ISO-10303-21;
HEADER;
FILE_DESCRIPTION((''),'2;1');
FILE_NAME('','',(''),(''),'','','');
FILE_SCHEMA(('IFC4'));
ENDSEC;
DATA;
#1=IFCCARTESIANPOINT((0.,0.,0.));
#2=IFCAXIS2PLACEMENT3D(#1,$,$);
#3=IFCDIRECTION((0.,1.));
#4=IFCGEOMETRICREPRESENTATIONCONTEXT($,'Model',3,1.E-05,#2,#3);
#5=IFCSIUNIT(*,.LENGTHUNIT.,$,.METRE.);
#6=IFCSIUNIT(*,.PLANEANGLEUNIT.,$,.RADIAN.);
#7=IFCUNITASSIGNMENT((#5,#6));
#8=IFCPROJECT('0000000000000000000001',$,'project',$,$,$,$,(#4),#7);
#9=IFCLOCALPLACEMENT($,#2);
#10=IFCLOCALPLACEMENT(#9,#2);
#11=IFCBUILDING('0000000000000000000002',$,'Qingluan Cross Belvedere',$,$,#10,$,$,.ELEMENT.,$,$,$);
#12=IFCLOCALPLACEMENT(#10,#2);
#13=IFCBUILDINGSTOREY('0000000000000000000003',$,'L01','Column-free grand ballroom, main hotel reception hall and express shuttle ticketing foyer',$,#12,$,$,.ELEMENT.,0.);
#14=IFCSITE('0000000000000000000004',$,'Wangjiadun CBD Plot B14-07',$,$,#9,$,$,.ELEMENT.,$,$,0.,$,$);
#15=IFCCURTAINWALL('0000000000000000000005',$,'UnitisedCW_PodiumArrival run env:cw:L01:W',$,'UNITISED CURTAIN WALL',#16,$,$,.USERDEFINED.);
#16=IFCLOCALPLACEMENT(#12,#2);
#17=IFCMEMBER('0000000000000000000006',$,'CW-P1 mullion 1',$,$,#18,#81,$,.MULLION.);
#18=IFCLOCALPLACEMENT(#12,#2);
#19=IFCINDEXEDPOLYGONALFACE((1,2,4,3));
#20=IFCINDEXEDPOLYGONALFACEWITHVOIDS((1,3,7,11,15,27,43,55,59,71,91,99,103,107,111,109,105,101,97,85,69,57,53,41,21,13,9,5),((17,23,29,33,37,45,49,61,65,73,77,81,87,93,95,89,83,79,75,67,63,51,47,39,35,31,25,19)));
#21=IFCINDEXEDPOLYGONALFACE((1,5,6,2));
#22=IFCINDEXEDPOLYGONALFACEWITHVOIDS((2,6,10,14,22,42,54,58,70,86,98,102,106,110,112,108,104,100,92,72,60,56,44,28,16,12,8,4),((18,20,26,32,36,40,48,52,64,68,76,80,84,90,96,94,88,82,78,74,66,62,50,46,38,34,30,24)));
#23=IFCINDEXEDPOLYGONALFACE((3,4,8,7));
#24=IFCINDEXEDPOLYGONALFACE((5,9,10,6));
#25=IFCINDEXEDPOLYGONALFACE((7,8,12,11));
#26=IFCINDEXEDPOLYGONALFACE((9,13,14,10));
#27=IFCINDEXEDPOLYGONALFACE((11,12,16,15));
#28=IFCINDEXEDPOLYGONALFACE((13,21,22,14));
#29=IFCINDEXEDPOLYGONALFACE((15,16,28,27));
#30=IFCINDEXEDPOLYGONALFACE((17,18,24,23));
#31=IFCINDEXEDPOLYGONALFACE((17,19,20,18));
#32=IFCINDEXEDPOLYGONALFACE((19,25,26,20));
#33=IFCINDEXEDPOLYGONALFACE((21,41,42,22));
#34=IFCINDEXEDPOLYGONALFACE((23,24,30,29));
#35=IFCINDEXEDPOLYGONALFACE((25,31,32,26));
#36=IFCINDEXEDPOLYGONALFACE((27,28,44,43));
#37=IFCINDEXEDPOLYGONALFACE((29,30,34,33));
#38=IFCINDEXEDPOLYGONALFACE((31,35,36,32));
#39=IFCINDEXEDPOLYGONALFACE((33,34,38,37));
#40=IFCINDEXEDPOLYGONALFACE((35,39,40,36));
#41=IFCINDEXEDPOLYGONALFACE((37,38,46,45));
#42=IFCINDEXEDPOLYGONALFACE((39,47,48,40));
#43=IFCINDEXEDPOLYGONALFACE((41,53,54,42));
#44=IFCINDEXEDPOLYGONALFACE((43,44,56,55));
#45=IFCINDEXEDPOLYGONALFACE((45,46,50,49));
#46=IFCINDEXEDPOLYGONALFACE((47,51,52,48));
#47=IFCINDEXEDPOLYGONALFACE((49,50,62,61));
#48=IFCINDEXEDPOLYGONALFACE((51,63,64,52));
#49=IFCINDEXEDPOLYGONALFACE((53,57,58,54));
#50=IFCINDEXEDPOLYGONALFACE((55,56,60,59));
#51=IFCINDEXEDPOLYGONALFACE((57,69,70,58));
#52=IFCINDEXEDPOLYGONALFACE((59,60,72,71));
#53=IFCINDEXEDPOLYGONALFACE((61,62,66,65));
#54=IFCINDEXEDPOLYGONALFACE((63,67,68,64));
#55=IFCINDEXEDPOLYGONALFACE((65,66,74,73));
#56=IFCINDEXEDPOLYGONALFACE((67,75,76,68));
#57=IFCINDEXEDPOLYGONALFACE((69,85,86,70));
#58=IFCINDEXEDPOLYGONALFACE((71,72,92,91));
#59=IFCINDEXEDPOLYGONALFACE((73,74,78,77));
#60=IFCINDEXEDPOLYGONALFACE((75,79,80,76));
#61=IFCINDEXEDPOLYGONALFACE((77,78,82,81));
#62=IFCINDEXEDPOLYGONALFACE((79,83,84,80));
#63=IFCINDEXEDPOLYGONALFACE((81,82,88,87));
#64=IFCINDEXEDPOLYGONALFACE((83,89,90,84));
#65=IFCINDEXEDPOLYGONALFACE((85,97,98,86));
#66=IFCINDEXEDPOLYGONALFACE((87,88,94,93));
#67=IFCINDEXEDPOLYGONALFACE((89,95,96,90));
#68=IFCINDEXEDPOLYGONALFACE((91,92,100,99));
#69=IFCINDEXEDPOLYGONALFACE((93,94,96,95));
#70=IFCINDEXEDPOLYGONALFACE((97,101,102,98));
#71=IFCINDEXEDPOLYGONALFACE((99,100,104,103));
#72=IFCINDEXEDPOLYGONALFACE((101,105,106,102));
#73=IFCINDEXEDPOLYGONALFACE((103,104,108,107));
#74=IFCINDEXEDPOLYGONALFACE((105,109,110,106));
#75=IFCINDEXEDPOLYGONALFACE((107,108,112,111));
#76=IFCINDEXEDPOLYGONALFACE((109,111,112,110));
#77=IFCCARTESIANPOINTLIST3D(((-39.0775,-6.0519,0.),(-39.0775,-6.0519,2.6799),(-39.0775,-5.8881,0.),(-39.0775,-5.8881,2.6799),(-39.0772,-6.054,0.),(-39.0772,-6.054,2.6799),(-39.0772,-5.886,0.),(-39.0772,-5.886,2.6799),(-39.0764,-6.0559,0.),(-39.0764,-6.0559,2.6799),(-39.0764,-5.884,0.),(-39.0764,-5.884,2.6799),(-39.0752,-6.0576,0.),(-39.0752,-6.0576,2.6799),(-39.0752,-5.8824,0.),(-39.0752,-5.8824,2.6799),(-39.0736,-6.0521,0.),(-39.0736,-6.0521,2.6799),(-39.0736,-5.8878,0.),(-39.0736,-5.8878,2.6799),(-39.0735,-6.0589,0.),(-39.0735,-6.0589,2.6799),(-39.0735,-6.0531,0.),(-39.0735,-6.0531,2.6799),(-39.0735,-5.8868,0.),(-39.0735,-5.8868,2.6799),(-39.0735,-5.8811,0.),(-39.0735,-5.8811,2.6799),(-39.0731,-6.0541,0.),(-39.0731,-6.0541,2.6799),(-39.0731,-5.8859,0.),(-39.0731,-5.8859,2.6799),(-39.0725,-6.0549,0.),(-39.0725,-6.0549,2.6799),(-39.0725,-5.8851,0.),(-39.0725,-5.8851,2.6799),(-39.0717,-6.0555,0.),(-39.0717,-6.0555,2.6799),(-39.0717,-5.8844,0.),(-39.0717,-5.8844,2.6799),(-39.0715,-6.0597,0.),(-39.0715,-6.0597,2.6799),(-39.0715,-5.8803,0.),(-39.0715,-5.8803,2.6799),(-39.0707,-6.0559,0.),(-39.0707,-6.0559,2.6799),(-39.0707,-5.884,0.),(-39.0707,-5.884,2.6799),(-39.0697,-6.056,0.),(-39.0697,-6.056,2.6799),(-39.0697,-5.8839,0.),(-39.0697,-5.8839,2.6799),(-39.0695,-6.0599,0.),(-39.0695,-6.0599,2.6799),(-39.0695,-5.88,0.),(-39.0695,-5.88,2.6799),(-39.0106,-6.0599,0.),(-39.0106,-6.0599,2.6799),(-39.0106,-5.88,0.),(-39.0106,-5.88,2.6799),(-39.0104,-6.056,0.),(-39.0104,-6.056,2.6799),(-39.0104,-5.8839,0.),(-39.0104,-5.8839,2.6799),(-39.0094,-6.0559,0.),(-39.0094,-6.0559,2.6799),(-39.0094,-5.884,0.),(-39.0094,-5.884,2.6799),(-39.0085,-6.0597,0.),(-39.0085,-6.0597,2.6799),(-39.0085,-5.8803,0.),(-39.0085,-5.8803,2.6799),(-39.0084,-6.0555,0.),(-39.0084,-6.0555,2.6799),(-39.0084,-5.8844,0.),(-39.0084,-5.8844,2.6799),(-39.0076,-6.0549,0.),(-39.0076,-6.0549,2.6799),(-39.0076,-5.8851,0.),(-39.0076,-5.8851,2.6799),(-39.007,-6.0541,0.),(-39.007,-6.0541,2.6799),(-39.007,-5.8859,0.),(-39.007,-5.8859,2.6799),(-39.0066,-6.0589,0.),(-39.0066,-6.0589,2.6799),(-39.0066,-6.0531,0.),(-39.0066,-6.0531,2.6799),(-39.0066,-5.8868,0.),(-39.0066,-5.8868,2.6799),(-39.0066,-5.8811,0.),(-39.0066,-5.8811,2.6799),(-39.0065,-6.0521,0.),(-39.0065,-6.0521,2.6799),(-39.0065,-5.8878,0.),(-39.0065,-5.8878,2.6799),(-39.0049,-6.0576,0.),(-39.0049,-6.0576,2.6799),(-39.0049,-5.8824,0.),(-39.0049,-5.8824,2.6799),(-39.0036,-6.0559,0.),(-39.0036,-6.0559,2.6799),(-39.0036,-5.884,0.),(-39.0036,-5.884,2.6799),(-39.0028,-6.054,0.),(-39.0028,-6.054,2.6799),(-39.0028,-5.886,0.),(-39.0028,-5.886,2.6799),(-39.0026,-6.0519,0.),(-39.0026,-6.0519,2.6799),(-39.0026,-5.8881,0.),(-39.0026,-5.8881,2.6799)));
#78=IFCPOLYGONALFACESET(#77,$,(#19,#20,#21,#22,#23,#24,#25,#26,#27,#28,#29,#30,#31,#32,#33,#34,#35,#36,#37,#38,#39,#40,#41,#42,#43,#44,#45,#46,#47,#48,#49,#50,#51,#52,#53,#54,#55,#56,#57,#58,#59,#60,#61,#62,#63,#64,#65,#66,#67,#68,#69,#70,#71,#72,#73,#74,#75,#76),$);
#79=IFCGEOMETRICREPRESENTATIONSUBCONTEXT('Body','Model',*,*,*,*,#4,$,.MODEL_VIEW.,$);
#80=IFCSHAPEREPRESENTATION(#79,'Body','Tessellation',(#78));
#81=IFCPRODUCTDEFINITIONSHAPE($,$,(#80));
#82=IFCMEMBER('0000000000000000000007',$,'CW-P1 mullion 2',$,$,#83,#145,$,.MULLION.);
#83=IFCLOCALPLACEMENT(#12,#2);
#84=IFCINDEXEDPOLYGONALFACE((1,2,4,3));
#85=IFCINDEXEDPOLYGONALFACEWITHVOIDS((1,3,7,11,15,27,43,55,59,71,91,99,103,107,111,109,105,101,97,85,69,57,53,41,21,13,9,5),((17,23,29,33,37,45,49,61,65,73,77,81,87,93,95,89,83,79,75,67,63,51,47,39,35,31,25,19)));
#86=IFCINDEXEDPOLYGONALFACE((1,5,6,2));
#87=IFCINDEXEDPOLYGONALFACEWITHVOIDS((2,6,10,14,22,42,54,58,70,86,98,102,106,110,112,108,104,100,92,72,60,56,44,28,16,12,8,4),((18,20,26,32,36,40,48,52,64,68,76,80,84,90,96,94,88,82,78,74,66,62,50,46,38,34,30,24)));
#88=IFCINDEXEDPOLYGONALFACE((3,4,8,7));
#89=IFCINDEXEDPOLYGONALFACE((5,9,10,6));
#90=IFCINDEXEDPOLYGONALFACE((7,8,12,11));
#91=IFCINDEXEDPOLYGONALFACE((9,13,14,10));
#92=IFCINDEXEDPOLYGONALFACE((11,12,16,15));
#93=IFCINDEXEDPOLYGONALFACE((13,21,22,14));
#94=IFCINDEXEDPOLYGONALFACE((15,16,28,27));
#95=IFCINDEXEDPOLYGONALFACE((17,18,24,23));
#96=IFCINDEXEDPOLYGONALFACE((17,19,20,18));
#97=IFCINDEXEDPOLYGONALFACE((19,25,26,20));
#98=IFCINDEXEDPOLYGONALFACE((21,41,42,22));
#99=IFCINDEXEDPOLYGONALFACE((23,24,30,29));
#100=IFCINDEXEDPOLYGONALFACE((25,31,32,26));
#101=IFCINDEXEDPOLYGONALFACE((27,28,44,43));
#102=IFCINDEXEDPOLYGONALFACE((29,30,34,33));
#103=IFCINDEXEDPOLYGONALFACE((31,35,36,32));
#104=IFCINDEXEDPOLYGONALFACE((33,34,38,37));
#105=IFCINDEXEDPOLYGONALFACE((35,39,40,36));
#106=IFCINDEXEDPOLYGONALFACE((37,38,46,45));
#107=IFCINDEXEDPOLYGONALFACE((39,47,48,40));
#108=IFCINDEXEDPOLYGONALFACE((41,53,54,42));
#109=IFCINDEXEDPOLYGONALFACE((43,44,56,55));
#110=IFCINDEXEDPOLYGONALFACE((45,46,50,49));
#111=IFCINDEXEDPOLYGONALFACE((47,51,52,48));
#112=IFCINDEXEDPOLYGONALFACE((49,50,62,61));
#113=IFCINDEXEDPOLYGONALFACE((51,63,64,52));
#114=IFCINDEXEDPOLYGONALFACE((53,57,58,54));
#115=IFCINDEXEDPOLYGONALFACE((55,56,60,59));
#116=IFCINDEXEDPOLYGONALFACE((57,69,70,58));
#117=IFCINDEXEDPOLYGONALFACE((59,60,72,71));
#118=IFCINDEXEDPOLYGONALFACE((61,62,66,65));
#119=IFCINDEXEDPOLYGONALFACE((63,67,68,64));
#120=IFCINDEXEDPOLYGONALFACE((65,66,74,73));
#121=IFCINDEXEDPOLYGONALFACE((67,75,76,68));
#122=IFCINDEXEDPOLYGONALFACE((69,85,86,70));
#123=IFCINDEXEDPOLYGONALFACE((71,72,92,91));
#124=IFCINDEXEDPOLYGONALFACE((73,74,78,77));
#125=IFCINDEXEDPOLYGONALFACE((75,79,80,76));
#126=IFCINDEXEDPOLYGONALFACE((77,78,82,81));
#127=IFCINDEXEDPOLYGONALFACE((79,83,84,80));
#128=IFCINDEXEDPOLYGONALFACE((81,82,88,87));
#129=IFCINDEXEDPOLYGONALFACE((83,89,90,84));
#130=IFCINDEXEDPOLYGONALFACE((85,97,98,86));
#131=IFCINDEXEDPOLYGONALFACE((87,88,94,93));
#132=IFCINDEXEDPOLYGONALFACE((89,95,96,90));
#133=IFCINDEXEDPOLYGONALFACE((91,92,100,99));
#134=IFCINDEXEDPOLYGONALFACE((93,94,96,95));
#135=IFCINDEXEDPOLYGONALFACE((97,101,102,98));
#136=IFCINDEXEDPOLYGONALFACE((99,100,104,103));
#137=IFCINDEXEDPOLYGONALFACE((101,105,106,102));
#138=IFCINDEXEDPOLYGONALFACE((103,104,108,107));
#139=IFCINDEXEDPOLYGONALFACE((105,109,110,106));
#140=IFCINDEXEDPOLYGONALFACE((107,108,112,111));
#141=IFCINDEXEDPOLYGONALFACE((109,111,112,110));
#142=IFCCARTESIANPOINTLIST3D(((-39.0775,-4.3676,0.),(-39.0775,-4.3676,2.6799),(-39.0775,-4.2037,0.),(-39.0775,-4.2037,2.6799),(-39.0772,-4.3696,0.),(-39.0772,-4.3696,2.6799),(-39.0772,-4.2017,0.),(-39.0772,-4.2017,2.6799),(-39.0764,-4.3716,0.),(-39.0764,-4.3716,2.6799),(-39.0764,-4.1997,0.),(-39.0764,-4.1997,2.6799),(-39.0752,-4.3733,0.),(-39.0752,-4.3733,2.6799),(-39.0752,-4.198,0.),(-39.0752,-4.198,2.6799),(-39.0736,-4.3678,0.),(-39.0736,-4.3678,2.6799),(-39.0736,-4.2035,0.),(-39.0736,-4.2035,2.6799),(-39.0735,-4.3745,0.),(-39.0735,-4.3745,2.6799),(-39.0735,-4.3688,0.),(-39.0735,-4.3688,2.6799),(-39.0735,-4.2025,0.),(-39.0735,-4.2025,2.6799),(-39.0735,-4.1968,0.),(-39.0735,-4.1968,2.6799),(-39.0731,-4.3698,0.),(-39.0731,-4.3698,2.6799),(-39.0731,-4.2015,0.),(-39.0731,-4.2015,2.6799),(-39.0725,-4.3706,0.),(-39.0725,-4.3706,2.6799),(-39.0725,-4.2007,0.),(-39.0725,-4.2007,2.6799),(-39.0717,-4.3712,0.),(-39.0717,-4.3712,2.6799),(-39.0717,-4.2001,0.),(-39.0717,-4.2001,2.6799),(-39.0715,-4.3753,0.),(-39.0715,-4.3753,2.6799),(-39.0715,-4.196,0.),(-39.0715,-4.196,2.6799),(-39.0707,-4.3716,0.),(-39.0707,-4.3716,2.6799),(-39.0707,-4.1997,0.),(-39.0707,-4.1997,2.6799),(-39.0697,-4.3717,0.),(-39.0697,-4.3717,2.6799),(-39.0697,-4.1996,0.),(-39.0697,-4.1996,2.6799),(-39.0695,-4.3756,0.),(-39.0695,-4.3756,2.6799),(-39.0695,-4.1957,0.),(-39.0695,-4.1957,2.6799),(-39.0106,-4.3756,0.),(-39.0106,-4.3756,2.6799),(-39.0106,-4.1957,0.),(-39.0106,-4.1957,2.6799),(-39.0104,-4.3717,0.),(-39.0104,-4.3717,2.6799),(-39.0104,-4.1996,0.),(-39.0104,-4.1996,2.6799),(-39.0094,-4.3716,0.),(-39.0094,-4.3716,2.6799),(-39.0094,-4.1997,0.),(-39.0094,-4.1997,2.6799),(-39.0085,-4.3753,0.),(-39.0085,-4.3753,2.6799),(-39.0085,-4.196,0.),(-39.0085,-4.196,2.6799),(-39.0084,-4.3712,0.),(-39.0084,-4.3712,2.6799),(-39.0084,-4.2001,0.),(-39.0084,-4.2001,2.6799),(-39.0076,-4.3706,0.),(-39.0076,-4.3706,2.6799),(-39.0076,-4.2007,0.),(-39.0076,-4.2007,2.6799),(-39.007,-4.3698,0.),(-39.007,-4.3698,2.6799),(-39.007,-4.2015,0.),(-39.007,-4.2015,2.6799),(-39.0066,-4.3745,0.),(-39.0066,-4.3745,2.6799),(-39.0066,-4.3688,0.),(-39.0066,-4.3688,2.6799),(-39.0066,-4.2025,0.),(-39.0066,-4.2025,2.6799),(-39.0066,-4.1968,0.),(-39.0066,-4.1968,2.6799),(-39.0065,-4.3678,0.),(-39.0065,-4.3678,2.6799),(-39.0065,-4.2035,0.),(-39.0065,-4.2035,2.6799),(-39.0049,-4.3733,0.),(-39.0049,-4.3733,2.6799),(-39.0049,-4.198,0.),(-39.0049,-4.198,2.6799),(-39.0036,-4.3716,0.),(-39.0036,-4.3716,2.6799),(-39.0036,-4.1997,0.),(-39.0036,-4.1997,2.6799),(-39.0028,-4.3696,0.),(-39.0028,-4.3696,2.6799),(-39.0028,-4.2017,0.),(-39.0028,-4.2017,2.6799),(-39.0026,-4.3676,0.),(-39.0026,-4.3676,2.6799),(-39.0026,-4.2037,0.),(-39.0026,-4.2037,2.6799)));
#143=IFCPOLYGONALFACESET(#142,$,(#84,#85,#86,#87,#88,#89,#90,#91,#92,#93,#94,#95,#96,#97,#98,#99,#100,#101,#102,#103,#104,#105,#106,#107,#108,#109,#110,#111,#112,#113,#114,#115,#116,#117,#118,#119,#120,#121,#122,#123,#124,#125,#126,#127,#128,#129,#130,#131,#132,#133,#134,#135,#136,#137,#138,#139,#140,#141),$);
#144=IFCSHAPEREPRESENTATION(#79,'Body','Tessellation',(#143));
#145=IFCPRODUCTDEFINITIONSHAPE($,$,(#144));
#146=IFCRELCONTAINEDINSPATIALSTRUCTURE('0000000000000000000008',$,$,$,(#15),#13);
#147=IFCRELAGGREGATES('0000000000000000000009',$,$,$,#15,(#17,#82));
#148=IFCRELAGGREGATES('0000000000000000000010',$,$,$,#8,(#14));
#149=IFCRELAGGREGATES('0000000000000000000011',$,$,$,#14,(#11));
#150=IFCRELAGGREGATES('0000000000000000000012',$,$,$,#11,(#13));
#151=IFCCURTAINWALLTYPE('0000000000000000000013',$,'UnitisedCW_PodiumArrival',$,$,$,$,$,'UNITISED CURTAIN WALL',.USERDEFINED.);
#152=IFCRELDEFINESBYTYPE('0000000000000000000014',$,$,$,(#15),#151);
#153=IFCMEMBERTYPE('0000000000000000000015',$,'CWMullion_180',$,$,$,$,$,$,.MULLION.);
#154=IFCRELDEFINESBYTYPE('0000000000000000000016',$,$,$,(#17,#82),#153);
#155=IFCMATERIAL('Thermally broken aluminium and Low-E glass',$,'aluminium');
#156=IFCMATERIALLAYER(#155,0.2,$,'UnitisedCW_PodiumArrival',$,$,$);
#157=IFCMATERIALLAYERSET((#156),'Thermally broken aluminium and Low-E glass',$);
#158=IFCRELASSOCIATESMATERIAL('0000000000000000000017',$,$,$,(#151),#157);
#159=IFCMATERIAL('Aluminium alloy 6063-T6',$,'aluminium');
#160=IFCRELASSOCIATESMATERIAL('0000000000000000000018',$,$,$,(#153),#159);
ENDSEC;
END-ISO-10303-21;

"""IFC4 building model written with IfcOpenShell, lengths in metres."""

from ifc_helpers import new_model, si_unit, direction, frame, origin, origin_2d, place, context, subcontext, project, spatial, hollow_rectangle, extrude, material, layer, layer_set, material_profile, profile_set, type_object, element, aggregate, save


model = new_model("IFC4")

# Units and contexts
model_context = context("Model", 3, precision=1e-05, world=origin(), true_north=direction((0.0, 1.0)))
body_context = subcontext(model_context, "Body", "Model", "MODEL_VIEW")
ifc_project = project(units=[si_unit("LENGTHUNIT", "METRE"), si_unit("PLANEANGLEUNIT", "RADIAN")], contexts=[model_context])

# Site, building, storey
site_placement = place(None, origin())
site = spatial("IfcSite", under=ifc_project, at=site_placement, Name="Wangjiadun CBD Plot B14-07", CompositionType="ELEMENT", RefElevation=0.0)
building_placement = place(site_placement, origin())
building = spatial("IfcBuilding", under=site, at=building_placement, Name="Qingluan Cross Belvedere", CompositionType="ELEMENT")
storey_placement = place(building_placement, origin())
storey = spatial("IfcBuildingStorey", under=building, at=storey_placement, Name="L01", Description="Column-free grand ballroom, main hotel reception hall and express shuttle ticketing foyer", CompositionType="ELEMENT", Elevation=0.0)

# Curtain wall, members
ifc_material_1 = material(Name="Thermally broken aluminium and Low-E glass", Category="aluminium")
ifc_layer_1 = layer(ifc_material_1, 0.2, Name="UnitisedCW_PodiumArrival")
ifc_layer_set_1 = layer_set([ifc_layer_1], Name="Thermally broken aluminium and Low-E glass")
curtain_wall_type = type_object("IfcCurtainWallType", Name="UnitisedCW_PodiumArrival", ElementType="UNITISED CURTAIN WALL", PredefinedType="USERDEFINED", material=ifc_layer_set_1)
curtain_wall_placement = place(storey_placement, origin())
curtain_wall = element("IfcCurtainWall", 1, at=curtain_wall_placement, inside=storey, type_object=curtain_wall_type, Name="UnitisedCW_PodiumArrival run env:cw:L01:W", ObjectType="UNITISED CURTAIN WALL", PredefinedType="USERDEFINED")
ifc_material_2 = material(Name="Aluminium alloy 6063-T6", Category="aluminium")
ifc_material_profile_1 = material_profile(ifc_material_2, hollow_rectangle(XDim=0.075, YDim=0.1799, WallThickness=0.0039, InnerFilletRadius=0.0039, OuterFilletRadius=0.0081, at=origin_2d()), Name="CWM180x75x4")
ifc_profile_set_1 = profile_set([ifc_material_profile_1], Name="Aluminium alloy 6063-T6")
member_type_1 = type_object("IfcMemberType", Name="CWMullion_180", PredefinedType="MULLION", material=ifc_profile_set_1)
member_1_placement = place(storey_placement, frame((-39.04, -5.97, 0.0), z_axis=(0.0, 0.0, 1.0), x_axis=(-1.0, 0.0, 0.0)))
member_1 = element("IfcMember", 2, at=member_1_placement, type_object=member_type_1, Name="CW-P1 mullion 1", PredefinedType="MULLION", context=body_context, shape_type="SweptSolid", body=[
    extrude(hollow_rectangle(XDim=0.075, YDim=0.1799, WallThickness=0.0039, InnerFilletRadius=0.0039, OuterFilletRadius=0.0081, at=origin_2d()), origin(), (0.0, 0.0, 1.0), 2.6799),
])
member_2_placement = place(storey_placement, frame((-39.04, -4.2856, 0.0), z_axis=(0.0, 0.0, 1.0), x_axis=(-1.0, 0.0, 0.0)))
member_2 = element("IfcMember", 3, at=member_2_placement, type_object=member_type_1, Name="CW-P1 mullion 2", PredefinedType="MULLION", context=body_context, shape_type="SweptSolid", body=[
    extrude(hollow_rectangle(XDim=0.075, YDim=0.1799, WallThickness=0.0039, InnerFilletRadius=0.0039, OuterFilletRadius=0.0081, at=origin_2d()), origin(), (0.0, 0.0, 1.0), 2.6799),
])
aggregate(curtain_wall, [member_1, member_2])

save(model, "model.ifc")
